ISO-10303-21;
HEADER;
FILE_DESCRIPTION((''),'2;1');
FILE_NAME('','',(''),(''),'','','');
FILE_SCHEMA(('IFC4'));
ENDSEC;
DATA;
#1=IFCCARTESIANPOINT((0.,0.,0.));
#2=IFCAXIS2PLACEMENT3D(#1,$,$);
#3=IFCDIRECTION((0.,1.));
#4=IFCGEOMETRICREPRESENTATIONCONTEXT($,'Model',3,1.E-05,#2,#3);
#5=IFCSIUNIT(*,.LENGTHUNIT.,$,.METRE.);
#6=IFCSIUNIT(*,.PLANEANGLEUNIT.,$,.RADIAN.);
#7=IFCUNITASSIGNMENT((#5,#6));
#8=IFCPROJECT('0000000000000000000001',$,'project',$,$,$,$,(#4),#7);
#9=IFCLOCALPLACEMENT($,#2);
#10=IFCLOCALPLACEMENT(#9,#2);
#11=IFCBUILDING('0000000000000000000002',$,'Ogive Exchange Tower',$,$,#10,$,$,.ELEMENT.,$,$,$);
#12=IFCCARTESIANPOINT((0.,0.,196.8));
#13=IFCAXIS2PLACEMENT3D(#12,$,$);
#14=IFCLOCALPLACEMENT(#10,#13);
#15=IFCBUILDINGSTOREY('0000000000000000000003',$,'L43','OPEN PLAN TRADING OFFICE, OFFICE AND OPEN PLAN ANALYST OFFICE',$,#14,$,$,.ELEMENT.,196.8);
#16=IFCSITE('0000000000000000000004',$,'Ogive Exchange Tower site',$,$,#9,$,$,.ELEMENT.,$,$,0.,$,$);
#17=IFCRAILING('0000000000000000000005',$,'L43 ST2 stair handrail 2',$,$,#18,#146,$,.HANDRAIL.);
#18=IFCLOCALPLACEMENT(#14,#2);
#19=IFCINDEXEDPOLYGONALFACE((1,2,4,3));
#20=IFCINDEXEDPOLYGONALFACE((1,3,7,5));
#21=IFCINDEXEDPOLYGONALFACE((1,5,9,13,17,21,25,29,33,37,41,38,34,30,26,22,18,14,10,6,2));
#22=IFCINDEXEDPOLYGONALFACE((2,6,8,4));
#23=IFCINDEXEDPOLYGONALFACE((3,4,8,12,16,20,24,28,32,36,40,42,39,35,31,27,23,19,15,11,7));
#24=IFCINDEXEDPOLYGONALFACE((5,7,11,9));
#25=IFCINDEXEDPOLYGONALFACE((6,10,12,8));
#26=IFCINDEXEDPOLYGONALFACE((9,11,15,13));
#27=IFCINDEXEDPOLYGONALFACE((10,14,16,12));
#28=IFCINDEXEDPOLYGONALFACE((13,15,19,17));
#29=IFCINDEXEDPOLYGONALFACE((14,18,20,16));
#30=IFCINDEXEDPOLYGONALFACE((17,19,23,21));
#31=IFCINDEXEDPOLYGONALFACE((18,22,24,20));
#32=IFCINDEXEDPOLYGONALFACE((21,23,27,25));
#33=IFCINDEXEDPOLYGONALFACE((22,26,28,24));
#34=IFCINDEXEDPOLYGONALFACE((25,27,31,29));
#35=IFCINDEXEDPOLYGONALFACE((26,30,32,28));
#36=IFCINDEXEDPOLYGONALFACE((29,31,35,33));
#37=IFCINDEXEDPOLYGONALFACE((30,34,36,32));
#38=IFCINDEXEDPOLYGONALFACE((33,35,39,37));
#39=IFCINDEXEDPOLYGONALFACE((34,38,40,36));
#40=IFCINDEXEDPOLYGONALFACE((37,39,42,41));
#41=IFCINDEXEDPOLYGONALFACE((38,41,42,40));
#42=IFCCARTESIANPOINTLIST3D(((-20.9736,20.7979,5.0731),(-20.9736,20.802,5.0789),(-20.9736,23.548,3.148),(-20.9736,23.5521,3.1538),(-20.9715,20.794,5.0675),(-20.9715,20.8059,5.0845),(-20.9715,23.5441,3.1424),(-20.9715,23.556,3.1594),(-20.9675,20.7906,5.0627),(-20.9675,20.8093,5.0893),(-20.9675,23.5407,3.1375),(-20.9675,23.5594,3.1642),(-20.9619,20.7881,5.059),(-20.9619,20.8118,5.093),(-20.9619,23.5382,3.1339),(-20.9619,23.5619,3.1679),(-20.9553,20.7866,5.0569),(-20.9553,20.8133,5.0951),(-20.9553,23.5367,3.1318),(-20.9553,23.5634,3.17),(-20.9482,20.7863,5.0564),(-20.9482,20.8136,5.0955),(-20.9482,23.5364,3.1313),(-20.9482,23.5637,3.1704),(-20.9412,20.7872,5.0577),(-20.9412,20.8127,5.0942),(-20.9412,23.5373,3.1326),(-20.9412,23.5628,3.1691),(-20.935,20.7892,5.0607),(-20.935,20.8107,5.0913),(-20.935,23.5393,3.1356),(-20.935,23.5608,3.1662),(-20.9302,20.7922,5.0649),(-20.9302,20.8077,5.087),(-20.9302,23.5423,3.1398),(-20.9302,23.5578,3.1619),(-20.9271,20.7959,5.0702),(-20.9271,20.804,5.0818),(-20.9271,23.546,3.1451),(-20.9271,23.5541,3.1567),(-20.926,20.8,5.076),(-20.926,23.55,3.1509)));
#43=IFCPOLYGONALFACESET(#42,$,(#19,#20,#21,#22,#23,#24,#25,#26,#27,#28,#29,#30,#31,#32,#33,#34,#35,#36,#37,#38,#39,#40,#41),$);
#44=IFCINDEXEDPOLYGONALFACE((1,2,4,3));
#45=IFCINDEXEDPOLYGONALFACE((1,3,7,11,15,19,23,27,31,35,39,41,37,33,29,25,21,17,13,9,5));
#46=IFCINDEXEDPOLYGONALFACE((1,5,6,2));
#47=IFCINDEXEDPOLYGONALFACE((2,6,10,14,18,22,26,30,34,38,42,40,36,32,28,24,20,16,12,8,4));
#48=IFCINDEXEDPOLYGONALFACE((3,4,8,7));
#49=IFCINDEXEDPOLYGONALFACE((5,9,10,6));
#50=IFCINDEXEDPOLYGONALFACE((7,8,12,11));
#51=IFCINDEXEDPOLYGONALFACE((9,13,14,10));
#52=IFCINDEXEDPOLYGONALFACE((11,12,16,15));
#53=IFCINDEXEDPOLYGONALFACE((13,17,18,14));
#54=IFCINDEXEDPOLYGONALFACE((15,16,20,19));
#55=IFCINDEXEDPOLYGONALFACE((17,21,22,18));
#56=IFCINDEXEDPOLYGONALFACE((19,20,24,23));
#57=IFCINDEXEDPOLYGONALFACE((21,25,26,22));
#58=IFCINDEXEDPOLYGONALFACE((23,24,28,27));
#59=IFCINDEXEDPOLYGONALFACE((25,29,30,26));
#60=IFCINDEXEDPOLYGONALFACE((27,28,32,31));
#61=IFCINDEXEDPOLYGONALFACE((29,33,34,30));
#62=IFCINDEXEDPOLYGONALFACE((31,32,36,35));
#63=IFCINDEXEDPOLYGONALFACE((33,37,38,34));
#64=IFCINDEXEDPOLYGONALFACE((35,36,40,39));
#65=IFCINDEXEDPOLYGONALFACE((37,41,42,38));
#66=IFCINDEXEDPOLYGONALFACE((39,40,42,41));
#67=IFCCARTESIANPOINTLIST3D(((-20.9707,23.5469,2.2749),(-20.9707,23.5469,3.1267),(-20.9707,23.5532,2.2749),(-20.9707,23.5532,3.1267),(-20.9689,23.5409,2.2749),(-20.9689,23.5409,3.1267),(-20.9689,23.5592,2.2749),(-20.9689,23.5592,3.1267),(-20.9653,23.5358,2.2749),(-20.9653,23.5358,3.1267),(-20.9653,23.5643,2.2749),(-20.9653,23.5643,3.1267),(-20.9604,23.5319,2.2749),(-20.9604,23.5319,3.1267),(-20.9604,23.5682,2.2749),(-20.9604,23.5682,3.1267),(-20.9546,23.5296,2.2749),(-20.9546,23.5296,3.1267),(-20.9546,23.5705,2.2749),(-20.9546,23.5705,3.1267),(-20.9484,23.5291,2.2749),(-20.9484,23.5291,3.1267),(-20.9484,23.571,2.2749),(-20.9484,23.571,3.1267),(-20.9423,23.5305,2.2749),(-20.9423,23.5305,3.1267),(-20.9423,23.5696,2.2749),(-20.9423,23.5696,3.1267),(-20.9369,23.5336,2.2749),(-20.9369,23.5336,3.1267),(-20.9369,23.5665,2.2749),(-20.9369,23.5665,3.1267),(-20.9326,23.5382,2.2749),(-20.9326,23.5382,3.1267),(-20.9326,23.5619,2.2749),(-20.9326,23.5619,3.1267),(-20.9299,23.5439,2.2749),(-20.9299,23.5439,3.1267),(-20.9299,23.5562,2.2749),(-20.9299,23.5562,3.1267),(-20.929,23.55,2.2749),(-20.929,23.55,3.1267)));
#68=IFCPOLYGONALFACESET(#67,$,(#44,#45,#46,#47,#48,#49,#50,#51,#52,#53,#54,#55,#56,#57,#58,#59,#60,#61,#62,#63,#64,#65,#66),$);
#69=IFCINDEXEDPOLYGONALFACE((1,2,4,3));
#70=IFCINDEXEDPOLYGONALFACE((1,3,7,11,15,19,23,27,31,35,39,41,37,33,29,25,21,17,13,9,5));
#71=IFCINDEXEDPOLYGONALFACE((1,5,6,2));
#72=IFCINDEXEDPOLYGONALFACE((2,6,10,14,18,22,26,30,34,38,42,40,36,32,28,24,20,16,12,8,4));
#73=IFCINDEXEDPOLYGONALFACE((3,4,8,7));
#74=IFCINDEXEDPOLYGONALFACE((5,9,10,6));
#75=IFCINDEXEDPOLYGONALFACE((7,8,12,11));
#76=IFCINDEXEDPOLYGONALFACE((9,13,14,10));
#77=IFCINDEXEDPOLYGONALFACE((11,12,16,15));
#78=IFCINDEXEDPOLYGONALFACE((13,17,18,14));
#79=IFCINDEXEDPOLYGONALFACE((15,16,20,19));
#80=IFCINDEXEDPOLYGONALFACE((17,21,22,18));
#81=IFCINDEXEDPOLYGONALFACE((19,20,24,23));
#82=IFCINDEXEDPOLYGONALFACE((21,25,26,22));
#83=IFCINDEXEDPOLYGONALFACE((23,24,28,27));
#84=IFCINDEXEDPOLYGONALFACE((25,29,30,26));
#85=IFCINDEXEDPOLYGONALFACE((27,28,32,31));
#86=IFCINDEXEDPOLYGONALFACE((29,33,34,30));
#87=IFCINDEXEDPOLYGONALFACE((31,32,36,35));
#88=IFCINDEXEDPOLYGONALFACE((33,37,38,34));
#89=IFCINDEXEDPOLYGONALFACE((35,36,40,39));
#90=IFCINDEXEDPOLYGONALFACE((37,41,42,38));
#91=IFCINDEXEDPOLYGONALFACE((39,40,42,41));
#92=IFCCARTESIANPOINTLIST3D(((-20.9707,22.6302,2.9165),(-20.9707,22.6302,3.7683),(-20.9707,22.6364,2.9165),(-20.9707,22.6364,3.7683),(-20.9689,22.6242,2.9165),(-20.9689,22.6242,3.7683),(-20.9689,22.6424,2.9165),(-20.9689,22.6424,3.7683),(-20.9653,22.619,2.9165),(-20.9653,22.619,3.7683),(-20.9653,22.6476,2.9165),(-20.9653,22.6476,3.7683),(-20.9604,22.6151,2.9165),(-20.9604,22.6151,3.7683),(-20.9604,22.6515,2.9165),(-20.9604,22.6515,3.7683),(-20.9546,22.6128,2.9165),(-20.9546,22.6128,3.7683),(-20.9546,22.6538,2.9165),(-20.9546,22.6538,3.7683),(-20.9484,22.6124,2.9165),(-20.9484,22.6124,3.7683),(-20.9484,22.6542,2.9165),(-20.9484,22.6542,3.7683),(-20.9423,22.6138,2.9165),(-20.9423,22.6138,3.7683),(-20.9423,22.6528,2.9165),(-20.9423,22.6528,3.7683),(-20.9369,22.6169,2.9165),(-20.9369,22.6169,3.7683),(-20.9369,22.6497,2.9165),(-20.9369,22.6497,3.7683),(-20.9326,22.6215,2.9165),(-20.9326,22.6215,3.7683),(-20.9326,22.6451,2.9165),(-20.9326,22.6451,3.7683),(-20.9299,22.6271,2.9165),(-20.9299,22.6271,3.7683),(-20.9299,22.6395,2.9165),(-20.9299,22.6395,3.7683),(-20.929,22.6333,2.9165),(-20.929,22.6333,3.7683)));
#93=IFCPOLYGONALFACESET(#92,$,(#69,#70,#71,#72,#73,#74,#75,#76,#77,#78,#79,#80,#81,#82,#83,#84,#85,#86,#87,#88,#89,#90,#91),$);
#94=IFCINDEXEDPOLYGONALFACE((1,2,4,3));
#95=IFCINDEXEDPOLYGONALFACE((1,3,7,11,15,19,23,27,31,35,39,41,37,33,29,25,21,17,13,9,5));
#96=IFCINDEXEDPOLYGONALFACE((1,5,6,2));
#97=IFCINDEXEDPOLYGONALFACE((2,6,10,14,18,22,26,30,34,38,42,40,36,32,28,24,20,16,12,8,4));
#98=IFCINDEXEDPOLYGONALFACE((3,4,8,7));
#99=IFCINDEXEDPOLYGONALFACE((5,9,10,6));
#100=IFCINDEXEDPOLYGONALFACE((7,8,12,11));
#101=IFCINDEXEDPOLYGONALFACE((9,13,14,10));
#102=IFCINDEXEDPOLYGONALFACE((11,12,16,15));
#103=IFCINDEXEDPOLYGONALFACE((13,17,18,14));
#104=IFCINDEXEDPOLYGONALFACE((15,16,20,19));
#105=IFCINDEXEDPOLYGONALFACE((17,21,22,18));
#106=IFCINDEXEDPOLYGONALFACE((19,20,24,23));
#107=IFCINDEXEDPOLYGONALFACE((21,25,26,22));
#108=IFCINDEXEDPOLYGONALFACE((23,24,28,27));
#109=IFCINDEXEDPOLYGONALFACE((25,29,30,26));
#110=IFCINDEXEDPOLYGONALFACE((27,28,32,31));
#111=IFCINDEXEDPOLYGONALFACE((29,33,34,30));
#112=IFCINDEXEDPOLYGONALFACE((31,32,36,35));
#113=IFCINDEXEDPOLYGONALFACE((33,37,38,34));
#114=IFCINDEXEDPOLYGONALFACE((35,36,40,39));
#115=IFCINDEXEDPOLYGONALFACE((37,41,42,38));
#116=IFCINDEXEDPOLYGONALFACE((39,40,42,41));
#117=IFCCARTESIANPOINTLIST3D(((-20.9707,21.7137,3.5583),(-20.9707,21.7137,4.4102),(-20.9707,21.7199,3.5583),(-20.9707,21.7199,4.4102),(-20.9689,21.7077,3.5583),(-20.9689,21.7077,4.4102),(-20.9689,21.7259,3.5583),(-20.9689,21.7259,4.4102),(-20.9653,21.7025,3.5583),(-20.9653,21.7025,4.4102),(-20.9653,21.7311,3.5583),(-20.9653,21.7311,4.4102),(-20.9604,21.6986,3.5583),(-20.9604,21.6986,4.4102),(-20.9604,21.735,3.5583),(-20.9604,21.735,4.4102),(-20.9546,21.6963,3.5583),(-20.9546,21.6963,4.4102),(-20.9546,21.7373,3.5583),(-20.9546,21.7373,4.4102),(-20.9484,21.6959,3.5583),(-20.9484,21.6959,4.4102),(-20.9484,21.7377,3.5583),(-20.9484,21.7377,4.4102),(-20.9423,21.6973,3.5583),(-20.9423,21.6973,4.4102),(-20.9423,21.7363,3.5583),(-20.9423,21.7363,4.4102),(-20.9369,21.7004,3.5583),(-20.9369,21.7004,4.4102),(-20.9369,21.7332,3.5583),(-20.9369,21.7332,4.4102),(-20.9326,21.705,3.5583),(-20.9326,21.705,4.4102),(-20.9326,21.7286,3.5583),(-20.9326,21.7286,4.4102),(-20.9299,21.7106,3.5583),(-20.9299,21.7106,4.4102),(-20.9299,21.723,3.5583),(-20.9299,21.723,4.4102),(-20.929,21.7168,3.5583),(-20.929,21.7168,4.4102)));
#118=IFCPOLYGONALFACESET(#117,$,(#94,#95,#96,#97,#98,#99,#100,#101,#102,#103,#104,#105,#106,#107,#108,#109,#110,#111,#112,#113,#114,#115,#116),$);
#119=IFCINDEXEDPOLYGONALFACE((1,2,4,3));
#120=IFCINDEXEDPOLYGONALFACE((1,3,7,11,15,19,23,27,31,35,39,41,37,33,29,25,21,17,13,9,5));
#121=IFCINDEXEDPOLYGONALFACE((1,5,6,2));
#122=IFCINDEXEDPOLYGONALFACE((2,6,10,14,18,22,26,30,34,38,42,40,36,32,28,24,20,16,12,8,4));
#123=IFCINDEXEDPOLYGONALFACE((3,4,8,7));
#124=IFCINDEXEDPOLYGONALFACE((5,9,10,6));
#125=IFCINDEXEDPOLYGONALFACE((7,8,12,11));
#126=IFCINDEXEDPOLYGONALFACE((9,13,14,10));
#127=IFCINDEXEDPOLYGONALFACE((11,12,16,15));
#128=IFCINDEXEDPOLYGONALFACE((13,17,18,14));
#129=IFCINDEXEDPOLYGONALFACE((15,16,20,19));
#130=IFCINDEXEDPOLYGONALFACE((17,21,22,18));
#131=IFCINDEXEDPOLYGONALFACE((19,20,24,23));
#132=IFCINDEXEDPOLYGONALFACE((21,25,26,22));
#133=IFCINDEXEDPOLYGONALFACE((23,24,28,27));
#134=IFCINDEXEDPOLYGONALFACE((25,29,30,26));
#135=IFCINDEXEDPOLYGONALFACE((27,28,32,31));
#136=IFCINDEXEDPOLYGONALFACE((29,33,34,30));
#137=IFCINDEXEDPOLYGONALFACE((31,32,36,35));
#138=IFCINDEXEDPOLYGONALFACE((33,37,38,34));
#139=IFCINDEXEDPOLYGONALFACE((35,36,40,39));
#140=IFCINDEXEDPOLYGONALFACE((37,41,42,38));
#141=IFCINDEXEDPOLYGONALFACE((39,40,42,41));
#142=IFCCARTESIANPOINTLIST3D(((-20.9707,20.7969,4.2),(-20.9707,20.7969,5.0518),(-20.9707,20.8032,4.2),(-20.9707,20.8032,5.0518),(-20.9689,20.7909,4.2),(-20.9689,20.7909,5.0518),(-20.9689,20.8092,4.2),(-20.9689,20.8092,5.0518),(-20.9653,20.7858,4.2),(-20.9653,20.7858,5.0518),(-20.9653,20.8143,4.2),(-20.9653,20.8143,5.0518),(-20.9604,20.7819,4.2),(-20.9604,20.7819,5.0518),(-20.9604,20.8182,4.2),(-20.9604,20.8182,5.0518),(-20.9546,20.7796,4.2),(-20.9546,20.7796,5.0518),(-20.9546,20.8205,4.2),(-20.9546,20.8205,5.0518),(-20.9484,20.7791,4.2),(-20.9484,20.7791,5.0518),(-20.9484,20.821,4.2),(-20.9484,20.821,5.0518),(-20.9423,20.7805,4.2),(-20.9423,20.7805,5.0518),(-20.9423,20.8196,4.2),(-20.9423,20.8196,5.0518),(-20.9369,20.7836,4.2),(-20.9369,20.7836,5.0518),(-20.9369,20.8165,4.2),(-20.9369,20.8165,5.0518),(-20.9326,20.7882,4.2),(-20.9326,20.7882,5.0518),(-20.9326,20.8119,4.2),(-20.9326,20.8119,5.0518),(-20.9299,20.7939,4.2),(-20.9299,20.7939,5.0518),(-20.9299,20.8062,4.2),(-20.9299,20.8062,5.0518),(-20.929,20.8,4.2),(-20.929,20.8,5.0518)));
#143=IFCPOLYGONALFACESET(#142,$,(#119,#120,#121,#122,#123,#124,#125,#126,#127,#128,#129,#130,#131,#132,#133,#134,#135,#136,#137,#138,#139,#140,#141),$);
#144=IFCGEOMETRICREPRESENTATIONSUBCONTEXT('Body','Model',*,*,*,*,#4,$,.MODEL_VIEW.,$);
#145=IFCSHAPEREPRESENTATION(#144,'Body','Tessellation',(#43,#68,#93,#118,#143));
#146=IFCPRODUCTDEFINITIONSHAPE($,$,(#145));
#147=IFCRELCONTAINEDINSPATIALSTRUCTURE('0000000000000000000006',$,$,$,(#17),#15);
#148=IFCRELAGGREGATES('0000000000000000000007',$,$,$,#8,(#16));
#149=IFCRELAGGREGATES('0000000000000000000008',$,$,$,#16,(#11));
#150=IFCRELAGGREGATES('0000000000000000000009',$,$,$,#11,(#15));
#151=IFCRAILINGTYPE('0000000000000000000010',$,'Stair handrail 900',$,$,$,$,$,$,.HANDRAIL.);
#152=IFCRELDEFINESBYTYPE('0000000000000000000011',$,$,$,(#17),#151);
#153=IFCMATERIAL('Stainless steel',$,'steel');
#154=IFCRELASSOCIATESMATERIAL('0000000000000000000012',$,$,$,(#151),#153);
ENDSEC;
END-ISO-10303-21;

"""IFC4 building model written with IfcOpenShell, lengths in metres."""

from ifc_helpers import new_model, si_unit, direction, frame, origin, origin_2d, place, context, subcontext, project, spatial, circle, extrude, material, type_object, element, save


model = new_model("IFC4")

# Units and contexts
model_context = context("Model", 3, precision=1e-05, world=origin(), true_north=direction((0.0, 1.0)))
body_context = subcontext(model_context, "Body", "Model", "MODEL_VIEW")
ifc_project = project(units=[si_unit("LENGTHUNIT", "METRE"), si_unit("PLANEANGLEUNIT", "RADIAN")], contexts=[model_context])

# Site, building, storey
site_placement = place(None, origin())
site = spatial("IfcSite", under=ifc_project, at=site_placement, Name="Ogive Exchange Tower site", CompositionType="ELEMENT", RefElevation=0.0)
building_placement = place(site_placement, origin())
building = spatial("IfcBuilding", under=site, at=building_placement, Name="Ogive Exchange Tower", CompositionType="ELEMENT")
storey_placement = place(building_placement, frame((0.0, 0.0, 196.8)))
storey = spatial("IfcBuildingStorey", under=building, at=storey_placement, Name="L43", Description="OPEN PLAN TRADING OFFICE, OFFICE AND OPEN PLAN ANALYST OFFICE", CompositionType="ELEMENT", Elevation=196.8)

# Railing
ifc_material_1 = material(Name="Stainless steel", Category="steel")
railing_type = type_object("IfcRailingType", Name="Stair handrail 900", PredefinedType="HANDRAIL", material=ifc_material_1)
railing_1_placement = place(storey_placement, frame((-20.95, 23.55, 2.2749)))
element("IfcRailing", 1, at=railing_1_placement, inside=storey, type_object=railing_type, Name="L43 ST2 stair handrail 2", PredefinedType="HANDRAIL", context=body_context, shape_type="SweptSolid", body=[
    extrude(circle(Radius=0.0239, at=origin_2d()), frame((0.0, 0.0, 0.876), z_axis=(0.0, -0.819225, 0.573472), x_axis=(1.0, 0.0, 0.0)), (0.0, 0.0, 1.0), 3.3569),
    extrude(circle(Radius=0.021, at=origin_2d()), origin(), (0.0, 0.0, 1.0), 0.8518),
    extrude(circle(Radius=0.021, at=origin_2d()), frame((0.0, -0.9167, 0.6416)), (0.0, 0.0, 1.0), 0.8518),
    extrude(circle(Radius=0.021, at=origin_2d()), frame((0.0, -1.8333, 1.2834)), (0.0, 0.0, 1.0), 0.8518),
    extrude(circle(Radius=0.021, at=origin_2d()), frame((0.0, -2.75, 1.925)), (0.0, 0.0, 1.0), 0.8518),
])

save(model, "model.ifc")
